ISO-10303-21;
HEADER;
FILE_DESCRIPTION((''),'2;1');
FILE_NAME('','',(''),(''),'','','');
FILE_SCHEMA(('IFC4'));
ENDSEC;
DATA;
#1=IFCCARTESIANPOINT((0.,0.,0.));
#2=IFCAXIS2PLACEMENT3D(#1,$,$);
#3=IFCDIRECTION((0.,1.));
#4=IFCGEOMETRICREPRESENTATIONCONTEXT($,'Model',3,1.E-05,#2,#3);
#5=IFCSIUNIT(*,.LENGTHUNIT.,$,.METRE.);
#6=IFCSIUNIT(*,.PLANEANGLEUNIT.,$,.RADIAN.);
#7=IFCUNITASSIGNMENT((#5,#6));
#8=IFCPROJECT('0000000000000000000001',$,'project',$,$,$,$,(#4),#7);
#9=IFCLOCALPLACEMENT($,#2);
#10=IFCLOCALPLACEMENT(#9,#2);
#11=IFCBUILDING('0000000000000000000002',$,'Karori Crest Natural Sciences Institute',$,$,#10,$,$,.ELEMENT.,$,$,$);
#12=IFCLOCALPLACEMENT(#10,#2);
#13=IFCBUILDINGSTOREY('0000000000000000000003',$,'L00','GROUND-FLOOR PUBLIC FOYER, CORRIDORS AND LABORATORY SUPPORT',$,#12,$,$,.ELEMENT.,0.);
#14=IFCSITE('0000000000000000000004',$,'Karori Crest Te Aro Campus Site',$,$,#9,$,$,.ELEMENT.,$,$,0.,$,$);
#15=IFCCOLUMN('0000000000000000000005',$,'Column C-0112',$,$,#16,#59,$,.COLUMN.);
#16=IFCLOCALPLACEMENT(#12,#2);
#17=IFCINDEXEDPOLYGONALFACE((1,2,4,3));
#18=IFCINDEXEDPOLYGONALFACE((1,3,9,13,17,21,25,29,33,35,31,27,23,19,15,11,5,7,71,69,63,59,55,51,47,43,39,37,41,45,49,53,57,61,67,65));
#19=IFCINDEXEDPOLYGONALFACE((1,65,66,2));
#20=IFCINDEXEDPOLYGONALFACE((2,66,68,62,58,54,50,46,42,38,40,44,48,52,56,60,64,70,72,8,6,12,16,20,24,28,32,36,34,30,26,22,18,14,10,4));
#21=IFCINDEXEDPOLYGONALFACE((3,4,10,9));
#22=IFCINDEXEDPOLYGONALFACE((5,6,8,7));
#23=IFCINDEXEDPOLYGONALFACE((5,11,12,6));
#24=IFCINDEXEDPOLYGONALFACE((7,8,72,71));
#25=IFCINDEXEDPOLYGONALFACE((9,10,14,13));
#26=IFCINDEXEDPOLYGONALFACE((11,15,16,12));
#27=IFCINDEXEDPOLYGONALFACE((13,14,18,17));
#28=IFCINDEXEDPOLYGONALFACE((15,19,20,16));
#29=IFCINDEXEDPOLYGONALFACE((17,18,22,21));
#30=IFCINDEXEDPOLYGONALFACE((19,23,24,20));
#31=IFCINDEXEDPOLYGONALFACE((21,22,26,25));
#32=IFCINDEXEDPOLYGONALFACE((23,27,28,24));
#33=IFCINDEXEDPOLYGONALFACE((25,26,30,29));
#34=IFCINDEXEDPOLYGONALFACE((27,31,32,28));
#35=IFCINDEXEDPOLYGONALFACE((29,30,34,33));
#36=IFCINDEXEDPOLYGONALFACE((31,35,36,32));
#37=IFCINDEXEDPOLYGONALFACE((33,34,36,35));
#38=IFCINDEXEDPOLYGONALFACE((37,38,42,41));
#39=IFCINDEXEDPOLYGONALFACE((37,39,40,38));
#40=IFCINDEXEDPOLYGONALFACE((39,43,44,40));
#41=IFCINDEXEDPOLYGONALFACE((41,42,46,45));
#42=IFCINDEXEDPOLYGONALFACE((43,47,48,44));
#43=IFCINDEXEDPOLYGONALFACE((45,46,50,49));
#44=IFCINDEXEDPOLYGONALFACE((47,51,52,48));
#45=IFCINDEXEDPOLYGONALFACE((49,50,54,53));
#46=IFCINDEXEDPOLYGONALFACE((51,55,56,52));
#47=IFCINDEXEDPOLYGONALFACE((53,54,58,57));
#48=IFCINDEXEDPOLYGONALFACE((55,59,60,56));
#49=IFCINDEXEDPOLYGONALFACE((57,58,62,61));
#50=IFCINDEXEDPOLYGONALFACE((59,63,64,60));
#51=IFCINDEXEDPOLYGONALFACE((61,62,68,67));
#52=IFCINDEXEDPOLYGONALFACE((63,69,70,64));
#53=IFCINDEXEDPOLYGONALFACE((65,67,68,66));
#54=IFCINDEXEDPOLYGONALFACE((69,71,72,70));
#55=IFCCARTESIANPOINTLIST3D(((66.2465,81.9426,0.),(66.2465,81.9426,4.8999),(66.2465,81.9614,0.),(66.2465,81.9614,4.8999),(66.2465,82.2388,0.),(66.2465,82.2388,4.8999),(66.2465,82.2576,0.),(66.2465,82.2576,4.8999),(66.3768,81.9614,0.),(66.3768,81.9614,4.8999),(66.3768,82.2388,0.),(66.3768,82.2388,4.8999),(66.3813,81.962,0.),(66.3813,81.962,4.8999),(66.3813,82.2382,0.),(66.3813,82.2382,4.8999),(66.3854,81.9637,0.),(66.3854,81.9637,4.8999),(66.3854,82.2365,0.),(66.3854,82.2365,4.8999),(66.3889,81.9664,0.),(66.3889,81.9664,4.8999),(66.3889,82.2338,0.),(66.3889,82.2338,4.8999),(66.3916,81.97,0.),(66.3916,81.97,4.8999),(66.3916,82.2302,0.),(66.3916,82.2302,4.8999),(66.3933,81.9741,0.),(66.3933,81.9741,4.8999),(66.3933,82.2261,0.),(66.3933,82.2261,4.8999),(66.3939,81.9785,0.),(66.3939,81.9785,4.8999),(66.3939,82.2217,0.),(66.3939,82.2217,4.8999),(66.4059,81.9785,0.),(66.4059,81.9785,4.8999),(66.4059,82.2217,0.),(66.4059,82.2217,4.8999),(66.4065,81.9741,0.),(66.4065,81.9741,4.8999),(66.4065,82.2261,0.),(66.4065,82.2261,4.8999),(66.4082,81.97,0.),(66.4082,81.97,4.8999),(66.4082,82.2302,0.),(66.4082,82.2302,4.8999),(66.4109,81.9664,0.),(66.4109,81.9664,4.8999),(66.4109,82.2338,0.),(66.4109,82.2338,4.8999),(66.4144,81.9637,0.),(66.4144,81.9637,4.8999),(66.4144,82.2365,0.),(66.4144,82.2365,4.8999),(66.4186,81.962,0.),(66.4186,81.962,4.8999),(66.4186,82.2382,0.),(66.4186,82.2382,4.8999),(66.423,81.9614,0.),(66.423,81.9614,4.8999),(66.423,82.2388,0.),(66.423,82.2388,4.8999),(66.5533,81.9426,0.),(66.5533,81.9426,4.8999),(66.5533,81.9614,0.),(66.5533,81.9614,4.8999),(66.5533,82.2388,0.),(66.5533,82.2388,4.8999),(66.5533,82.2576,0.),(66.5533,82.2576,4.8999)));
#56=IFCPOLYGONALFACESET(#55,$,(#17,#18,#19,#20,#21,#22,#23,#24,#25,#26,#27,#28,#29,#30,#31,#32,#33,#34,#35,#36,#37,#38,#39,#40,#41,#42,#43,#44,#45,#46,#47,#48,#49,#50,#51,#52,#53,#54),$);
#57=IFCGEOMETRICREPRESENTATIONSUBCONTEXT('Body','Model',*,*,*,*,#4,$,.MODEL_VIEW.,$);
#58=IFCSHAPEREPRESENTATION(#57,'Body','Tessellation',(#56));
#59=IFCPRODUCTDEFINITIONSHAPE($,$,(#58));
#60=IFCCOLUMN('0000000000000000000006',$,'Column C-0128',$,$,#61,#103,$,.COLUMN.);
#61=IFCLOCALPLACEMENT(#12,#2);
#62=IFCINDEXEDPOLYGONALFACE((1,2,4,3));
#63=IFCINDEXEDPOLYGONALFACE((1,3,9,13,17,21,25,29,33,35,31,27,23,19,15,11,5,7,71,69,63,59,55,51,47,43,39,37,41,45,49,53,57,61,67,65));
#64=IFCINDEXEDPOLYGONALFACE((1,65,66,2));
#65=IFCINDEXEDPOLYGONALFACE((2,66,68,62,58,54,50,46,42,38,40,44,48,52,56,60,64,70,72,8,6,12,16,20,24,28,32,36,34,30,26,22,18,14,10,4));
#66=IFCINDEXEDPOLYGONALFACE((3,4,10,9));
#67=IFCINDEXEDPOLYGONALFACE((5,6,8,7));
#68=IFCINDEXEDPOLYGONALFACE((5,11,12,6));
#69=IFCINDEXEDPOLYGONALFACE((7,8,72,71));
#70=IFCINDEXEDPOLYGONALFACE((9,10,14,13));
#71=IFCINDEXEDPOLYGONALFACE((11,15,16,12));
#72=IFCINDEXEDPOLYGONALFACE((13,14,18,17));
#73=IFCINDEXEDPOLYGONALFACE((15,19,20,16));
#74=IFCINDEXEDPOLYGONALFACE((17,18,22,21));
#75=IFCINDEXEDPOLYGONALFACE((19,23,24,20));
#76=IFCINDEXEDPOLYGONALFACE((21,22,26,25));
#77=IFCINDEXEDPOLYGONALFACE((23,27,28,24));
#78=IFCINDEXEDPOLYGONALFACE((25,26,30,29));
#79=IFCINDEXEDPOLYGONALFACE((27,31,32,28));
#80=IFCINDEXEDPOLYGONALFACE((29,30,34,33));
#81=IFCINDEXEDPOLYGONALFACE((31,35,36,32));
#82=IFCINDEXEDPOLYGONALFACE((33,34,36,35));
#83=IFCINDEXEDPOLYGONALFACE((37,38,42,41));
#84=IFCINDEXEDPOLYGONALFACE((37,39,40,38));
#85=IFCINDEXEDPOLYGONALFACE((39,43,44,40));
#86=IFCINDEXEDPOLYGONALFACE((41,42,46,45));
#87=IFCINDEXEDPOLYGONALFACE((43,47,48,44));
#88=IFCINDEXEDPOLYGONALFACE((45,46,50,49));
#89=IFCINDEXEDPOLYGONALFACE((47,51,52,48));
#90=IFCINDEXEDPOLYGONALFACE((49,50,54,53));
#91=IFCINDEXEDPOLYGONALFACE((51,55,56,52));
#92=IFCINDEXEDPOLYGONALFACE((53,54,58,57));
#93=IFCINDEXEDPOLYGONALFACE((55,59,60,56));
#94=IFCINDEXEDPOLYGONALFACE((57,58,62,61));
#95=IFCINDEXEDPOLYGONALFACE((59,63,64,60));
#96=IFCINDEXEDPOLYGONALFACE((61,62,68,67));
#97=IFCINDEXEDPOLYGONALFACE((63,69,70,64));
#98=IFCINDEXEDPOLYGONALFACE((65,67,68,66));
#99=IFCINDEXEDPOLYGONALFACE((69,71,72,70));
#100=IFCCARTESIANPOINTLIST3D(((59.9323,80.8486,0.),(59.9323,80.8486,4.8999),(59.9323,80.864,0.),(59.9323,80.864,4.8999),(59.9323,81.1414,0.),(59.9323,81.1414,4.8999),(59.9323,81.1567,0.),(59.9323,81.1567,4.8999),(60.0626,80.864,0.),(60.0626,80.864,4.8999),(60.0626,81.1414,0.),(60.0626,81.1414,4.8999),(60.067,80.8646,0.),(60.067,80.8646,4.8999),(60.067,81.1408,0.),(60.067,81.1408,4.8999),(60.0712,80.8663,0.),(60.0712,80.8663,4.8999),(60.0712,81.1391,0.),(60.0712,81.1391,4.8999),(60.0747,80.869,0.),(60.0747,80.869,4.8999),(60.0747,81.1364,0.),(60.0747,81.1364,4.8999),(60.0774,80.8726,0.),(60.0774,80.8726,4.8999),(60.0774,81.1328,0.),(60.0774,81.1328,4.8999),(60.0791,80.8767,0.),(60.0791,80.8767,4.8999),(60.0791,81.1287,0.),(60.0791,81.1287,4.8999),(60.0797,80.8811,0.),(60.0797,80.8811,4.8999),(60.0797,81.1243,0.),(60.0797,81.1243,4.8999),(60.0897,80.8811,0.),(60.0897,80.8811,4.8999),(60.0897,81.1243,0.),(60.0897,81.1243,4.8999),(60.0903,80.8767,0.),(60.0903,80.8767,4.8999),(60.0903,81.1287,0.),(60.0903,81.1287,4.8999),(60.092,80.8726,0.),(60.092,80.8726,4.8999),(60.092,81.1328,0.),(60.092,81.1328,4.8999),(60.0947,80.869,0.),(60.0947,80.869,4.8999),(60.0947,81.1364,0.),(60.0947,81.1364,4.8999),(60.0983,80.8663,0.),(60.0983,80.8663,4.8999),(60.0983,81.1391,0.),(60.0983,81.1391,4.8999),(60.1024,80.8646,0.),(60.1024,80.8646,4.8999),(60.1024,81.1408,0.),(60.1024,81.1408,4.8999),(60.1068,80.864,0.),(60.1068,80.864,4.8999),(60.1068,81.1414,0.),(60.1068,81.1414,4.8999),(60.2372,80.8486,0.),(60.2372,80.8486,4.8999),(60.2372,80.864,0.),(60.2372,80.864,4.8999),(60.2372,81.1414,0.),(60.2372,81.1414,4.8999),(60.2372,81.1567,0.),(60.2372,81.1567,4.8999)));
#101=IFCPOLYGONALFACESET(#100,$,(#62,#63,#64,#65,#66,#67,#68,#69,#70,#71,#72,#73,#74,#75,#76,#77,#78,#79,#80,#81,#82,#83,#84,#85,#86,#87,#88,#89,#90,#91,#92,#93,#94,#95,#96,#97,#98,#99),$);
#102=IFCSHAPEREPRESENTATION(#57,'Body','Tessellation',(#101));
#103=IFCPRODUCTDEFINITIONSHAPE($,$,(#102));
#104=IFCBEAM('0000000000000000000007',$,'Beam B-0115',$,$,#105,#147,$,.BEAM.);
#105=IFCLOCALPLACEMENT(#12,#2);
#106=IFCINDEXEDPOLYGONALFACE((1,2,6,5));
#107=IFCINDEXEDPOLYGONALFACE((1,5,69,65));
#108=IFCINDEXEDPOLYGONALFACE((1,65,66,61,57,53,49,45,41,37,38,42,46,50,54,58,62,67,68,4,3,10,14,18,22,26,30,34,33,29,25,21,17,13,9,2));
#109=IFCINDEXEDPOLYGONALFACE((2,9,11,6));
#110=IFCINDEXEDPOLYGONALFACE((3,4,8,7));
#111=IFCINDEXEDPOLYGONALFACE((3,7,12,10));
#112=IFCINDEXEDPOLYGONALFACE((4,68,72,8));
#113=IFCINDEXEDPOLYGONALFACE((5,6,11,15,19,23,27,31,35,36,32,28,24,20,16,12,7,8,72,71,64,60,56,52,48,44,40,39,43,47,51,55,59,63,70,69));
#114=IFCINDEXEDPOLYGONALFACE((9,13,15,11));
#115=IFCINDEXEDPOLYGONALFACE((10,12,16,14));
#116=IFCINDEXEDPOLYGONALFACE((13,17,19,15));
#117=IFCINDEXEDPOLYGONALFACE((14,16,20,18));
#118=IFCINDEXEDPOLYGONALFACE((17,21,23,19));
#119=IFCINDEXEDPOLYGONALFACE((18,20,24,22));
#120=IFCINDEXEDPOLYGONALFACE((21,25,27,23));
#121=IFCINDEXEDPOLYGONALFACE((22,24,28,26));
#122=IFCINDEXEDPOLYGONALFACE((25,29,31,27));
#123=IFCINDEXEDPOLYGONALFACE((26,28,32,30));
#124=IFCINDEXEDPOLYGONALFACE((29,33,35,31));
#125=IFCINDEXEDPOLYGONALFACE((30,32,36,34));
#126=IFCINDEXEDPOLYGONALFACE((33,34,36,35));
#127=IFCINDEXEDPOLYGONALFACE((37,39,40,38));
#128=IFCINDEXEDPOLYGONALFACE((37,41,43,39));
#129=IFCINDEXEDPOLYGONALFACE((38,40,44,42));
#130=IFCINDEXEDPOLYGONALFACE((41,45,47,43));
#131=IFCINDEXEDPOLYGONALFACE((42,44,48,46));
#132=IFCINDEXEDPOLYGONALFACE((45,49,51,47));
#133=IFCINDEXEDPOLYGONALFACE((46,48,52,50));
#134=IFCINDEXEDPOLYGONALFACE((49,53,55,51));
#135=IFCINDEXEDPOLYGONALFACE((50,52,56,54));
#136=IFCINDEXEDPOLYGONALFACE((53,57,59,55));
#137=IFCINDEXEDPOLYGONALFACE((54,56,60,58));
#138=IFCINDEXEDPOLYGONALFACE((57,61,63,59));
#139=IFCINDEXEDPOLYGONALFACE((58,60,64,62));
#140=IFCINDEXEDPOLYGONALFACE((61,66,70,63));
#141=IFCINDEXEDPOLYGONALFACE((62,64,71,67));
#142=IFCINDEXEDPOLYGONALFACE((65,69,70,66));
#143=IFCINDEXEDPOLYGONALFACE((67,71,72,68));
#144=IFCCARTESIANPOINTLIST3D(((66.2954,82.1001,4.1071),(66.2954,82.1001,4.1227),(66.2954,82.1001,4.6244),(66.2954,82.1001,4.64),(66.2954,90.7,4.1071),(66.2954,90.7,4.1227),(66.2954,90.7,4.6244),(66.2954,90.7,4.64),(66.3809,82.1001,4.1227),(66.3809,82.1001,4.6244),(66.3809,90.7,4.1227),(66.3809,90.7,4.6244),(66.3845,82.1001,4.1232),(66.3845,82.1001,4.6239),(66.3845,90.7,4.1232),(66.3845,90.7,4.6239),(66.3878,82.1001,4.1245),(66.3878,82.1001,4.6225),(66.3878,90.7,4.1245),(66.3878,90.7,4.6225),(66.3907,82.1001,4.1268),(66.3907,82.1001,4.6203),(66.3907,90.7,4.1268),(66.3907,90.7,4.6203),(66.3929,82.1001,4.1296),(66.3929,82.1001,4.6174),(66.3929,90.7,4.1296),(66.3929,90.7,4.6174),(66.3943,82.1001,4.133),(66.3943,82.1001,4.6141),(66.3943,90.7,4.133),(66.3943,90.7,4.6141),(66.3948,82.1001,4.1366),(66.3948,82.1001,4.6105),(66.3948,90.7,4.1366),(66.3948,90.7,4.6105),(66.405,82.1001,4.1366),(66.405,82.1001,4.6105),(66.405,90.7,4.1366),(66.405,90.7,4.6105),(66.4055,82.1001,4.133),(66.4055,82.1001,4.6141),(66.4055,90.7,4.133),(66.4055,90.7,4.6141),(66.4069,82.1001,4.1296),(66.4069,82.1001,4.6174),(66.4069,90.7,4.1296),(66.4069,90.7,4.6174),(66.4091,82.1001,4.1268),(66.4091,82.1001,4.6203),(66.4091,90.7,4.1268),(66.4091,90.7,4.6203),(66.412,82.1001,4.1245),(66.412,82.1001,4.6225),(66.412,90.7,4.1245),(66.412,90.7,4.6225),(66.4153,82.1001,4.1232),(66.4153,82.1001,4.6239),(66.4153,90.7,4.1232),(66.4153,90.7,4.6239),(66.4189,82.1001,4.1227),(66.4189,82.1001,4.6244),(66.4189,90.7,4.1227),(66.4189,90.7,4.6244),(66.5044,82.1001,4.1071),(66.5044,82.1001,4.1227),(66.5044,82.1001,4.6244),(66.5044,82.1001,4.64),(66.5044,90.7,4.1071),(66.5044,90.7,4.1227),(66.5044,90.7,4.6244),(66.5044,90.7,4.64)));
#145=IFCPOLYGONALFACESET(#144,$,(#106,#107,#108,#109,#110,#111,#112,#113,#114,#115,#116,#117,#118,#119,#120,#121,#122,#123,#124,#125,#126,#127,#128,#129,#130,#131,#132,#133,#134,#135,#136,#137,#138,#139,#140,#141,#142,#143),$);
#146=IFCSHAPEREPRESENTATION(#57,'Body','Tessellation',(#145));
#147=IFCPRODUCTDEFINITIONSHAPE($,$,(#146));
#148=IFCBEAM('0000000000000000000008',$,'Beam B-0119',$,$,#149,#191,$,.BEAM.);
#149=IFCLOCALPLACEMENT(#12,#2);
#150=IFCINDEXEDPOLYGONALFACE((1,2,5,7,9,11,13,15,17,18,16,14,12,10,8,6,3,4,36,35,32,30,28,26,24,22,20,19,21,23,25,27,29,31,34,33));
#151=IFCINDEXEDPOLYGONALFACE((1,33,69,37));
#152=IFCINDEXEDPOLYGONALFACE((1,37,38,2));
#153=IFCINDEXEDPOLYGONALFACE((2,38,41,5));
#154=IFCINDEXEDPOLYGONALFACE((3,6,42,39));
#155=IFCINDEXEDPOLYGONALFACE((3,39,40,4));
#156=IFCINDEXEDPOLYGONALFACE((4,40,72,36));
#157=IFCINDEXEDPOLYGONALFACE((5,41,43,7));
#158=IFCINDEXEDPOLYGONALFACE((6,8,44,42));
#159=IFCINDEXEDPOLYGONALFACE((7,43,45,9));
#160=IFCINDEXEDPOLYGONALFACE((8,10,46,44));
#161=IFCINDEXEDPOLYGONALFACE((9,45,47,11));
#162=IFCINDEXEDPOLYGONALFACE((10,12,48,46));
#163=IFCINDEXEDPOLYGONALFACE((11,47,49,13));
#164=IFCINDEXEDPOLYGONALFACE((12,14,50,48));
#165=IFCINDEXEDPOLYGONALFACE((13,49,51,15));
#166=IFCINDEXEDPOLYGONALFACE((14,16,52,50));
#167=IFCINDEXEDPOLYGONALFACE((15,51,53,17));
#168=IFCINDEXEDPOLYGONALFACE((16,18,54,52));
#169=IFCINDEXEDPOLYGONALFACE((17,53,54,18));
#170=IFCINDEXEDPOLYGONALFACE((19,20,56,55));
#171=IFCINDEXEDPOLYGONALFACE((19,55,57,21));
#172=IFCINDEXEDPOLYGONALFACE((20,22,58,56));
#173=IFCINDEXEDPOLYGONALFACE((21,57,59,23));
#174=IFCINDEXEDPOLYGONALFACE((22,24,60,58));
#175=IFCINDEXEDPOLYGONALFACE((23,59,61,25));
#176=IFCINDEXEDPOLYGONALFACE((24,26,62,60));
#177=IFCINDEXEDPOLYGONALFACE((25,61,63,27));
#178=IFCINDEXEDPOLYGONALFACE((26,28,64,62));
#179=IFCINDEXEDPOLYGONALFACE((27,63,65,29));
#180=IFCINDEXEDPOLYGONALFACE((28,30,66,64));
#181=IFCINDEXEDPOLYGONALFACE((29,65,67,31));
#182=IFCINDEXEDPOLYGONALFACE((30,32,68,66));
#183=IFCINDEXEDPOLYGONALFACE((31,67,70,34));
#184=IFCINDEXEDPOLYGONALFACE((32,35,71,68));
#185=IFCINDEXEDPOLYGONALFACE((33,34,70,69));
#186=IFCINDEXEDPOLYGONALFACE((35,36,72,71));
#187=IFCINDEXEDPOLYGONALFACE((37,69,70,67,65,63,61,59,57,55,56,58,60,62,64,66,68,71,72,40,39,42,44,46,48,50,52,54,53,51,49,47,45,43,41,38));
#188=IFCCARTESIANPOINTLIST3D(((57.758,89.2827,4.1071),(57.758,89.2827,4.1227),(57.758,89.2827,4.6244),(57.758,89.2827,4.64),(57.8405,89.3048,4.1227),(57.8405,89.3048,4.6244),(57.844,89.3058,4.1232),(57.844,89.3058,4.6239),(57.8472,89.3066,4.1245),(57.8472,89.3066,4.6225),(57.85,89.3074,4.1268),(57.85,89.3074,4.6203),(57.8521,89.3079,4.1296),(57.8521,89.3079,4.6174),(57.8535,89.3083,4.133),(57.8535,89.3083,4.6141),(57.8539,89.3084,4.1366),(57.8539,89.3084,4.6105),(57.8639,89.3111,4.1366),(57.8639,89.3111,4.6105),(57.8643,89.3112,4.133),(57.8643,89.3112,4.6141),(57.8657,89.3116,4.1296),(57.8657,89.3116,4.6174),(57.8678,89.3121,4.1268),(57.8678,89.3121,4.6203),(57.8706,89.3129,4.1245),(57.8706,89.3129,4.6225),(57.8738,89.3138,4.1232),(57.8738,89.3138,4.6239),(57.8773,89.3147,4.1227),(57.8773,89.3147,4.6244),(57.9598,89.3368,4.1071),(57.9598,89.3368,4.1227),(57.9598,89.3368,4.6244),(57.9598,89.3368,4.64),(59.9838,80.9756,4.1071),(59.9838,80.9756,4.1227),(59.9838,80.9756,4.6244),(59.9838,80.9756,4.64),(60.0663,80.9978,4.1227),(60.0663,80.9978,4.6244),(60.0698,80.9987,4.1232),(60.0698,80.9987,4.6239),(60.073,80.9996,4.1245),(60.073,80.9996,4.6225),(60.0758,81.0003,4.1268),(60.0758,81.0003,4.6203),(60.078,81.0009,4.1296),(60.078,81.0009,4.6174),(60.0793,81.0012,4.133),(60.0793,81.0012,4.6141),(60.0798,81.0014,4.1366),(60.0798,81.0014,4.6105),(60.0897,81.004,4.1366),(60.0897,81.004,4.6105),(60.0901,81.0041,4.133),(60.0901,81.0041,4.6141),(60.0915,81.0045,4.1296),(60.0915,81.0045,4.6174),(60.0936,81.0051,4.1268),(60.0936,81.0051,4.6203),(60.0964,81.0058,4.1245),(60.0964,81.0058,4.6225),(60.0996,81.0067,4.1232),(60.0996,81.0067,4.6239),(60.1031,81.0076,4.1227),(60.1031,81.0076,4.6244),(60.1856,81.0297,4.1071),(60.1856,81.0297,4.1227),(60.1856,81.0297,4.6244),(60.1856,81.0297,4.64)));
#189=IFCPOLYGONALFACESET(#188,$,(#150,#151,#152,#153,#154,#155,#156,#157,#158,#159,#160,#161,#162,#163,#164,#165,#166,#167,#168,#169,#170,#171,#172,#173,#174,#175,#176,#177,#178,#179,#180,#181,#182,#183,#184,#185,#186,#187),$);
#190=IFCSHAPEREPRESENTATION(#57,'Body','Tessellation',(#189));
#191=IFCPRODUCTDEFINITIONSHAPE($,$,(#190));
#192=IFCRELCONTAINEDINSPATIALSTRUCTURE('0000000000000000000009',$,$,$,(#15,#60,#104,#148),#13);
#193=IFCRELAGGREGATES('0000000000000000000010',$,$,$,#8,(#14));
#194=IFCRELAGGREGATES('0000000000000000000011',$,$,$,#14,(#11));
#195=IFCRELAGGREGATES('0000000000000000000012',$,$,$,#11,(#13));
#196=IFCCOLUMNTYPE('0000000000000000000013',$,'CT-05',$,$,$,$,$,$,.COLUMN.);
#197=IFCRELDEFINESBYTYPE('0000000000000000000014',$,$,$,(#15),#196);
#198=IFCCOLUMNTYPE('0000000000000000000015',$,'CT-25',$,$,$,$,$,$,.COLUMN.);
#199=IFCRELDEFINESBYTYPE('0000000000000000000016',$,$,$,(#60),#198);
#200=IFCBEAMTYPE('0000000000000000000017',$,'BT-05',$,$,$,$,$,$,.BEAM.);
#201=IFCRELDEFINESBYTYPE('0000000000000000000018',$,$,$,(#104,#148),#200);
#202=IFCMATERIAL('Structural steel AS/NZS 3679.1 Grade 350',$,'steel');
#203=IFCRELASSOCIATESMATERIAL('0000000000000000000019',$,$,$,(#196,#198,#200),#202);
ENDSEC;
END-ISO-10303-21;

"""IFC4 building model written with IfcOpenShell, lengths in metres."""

from ifc_helpers import new_model, si_unit, direction, frame, origin, origin_2d, place, context, subcontext, project, spatial, i_section, extrude, material, material_profile, profile_set, type_object, element, save


model = new_model("IFC4")

# Units and contexts
model_context = context("Model", 3, precision=1e-05, world=origin(), true_north=direction((0.0, 1.0)))
body_context = subcontext(model_context, "Body", "Model", "MODEL_VIEW")
ifc_project = project(units=[si_unit("LENGTHUNIT", "METRE"), si_unit("PLANEANGLEUNIT", "RADIAN")], contexts=[model_context])

# Site, building, storey
site_placement = place(None, origin())
site = spatial("IfcSite", under=ifc_project, at=site_placement, Name="Karori Crest Te Aro Campus Site", CompositionType="ELEMENT", RefElevation=0.0)
building_placement = place(site_placement, origin())
building = spatial("IfcBuilding", under=site, at=building_placement, Name="Karori Crest Natural Sciences Institute", CompositionType="ELEMENT")
storey_placement = place(building_placement, origin())
storey = spatial("IfcBuildingStorey", under=building, at=storey_placement, Name="L00", Description="GROUND-FLOOR PUBLIC FOYER, CORRIDORS AND LABORATORY SUPPORT", CompositionType="ELEMENT", Elevation=0.0)

# Columns
ifc_material_1 = material(Name="Structural steel AS/NZS 3679.1 Grade 350", Category="steel")
ifc_material_profile_1 = material_profile(ifc_material_1, i_section(OverallWidth=0.3069, OverallDepth=0.3149, WebThickness=0.012, FlangeThickness=0.0188, FilletRadius=0.0171, at=origin_2d()), Name="310UC118")
ifc_profile_set_1 = profile_set([ifc_material_profile_1], Name="Structural steel AS/NZS 3679.1 Grade 350")
column_type_1 = type_object("IfcColumnType", Name="CT-05", PredefinedType="COLUMN", material=ifc_profile_set_1)
column_1_placement = place(storey_placement, frame((66.3999, 82.1001, 0.0), z_axis=(0.0, 0.0, 1.0), x_axis=(1.0, 0.0, 0.0)))
element("IfcColumn", 1, at=column_1_placement, inside=storey, type_object=column_type_1, Name="Column C-0112", PredefinedType="COLUMN", context=body_context, shape_type="SweptSolid", body=[
    extrude(i_section(OverallWidth=0.3069, OverallDepth=0.3149, WebThickness=0.012, FlangeThickness=0.0188, FilletRadius=0.0171, at=origin_2d()), origin(), (0.0, 0.0, 1.0), 4.8999),
])
ifc_material_profile_2 = material_profile(ifc_material_1, i_section(OverallWidth=0.3049, OverallDepth=0.3081, WebThickness=0.01, FlangeThickness=0.0154, FilletRadius=0.0171, at=origin_2d()), Name="310UC96.8")
ifc_profile_set_2 = profile_set([ifc_material_profile_2], Name="Structural steel AS/NZS 3679.1 Grade 350")
column_type_2 = type_object("IfcColumnType", Name="CT-25", PredefinedType="COLUMN", material=ifc_profile_set_2)
column_2_placement = place(storey_placement, frame((60.0847, 81.0027, 0.0), z_axis=(0.0, 0.0, 1.0), x_axis=(1.0, 0.0, 0.0)))
element("IfcColumn", 2, at=column_2_placement, inside=storey, type_object=column_type_2, Name="Column C-0128", PredefinedType="COLUMN", context=body_context, shape_type="SweptSolid", body=[
    extrude(i_section(OverallWidth=0.3049, OverallDepth=0.3081, WebThickness=0.01, FlangeThickness=0.0154, FilletRadius=0.0171, at=origin_2d()), origin(), (0.0, 0.0, 1.0), 4.8999),
])

# Beams
ifc_material_profile_3 = material_profile(ifc_material_1, i_section(OverallWidth=0.209, OverallDepth=0.533, WebThickness=0.0103, FlangeThickness=0.0156, FilletRadius=0.0139, at=origin_2d()), Name="530UB92.4")
ifc_profile_set_3 = profile_set([ifc_material_profile_3], Name="Structural steel AS/NZS 3679.1 Grade 350")
beam_type_1 = type_object("IfcBeamType", Name="BT-05", PredefinedType="BEAM", material=ifc_profile_set_3)
beam_1_placement = place(storey_placement, frame((66.3999, 82.1001, 4.3735), z_axis=(0.0, 1.0, 0.0), x_axis=(-1.0, 0.0, 0.0)))
element("IfcBeam", 3, at=beam_1_placement, inside=storey, type_object=beam_type_1, Name="Beam B-0115", PredefinedType="BEAM", context=body_context, shape_type="SweptSolid", body=[
    extrude(i_section(OverallWidth=0.209, OverallDepth=0.533, WebThickness=0.0103, FlangeThickness=0.0156, FilletRadius=0.0139, at=origin_2d()), origin(), (0.0, 0.0, 1.0), 8.5999),
])
beam_2_placement = place(storey_placement, frame((60.0847, 81.0027, 4.3735), z_axis=(-0.258813, 0.965928, 0.0), x_axis=(-0.965928, -0.258813, 0.0)))
element("IfcBeam", 4, at=beam_2_placement, inside=storey, type_object=beam_type_1, Name="Beam B-0119", PredefinedType="BEAM", context=body_context, shape_type="SweptSolid", body=[
    extrude(i_section(OverallWidth=0.209, OverallDepth=0.533, WebThickness=0.0103, FlangeThickness=0.0156, FilletRadius=0.0139, at=origin_2d()), origin(), (0.0, 0.0, 1.0), 8.6001),
])

save(model, "model.ifc")
